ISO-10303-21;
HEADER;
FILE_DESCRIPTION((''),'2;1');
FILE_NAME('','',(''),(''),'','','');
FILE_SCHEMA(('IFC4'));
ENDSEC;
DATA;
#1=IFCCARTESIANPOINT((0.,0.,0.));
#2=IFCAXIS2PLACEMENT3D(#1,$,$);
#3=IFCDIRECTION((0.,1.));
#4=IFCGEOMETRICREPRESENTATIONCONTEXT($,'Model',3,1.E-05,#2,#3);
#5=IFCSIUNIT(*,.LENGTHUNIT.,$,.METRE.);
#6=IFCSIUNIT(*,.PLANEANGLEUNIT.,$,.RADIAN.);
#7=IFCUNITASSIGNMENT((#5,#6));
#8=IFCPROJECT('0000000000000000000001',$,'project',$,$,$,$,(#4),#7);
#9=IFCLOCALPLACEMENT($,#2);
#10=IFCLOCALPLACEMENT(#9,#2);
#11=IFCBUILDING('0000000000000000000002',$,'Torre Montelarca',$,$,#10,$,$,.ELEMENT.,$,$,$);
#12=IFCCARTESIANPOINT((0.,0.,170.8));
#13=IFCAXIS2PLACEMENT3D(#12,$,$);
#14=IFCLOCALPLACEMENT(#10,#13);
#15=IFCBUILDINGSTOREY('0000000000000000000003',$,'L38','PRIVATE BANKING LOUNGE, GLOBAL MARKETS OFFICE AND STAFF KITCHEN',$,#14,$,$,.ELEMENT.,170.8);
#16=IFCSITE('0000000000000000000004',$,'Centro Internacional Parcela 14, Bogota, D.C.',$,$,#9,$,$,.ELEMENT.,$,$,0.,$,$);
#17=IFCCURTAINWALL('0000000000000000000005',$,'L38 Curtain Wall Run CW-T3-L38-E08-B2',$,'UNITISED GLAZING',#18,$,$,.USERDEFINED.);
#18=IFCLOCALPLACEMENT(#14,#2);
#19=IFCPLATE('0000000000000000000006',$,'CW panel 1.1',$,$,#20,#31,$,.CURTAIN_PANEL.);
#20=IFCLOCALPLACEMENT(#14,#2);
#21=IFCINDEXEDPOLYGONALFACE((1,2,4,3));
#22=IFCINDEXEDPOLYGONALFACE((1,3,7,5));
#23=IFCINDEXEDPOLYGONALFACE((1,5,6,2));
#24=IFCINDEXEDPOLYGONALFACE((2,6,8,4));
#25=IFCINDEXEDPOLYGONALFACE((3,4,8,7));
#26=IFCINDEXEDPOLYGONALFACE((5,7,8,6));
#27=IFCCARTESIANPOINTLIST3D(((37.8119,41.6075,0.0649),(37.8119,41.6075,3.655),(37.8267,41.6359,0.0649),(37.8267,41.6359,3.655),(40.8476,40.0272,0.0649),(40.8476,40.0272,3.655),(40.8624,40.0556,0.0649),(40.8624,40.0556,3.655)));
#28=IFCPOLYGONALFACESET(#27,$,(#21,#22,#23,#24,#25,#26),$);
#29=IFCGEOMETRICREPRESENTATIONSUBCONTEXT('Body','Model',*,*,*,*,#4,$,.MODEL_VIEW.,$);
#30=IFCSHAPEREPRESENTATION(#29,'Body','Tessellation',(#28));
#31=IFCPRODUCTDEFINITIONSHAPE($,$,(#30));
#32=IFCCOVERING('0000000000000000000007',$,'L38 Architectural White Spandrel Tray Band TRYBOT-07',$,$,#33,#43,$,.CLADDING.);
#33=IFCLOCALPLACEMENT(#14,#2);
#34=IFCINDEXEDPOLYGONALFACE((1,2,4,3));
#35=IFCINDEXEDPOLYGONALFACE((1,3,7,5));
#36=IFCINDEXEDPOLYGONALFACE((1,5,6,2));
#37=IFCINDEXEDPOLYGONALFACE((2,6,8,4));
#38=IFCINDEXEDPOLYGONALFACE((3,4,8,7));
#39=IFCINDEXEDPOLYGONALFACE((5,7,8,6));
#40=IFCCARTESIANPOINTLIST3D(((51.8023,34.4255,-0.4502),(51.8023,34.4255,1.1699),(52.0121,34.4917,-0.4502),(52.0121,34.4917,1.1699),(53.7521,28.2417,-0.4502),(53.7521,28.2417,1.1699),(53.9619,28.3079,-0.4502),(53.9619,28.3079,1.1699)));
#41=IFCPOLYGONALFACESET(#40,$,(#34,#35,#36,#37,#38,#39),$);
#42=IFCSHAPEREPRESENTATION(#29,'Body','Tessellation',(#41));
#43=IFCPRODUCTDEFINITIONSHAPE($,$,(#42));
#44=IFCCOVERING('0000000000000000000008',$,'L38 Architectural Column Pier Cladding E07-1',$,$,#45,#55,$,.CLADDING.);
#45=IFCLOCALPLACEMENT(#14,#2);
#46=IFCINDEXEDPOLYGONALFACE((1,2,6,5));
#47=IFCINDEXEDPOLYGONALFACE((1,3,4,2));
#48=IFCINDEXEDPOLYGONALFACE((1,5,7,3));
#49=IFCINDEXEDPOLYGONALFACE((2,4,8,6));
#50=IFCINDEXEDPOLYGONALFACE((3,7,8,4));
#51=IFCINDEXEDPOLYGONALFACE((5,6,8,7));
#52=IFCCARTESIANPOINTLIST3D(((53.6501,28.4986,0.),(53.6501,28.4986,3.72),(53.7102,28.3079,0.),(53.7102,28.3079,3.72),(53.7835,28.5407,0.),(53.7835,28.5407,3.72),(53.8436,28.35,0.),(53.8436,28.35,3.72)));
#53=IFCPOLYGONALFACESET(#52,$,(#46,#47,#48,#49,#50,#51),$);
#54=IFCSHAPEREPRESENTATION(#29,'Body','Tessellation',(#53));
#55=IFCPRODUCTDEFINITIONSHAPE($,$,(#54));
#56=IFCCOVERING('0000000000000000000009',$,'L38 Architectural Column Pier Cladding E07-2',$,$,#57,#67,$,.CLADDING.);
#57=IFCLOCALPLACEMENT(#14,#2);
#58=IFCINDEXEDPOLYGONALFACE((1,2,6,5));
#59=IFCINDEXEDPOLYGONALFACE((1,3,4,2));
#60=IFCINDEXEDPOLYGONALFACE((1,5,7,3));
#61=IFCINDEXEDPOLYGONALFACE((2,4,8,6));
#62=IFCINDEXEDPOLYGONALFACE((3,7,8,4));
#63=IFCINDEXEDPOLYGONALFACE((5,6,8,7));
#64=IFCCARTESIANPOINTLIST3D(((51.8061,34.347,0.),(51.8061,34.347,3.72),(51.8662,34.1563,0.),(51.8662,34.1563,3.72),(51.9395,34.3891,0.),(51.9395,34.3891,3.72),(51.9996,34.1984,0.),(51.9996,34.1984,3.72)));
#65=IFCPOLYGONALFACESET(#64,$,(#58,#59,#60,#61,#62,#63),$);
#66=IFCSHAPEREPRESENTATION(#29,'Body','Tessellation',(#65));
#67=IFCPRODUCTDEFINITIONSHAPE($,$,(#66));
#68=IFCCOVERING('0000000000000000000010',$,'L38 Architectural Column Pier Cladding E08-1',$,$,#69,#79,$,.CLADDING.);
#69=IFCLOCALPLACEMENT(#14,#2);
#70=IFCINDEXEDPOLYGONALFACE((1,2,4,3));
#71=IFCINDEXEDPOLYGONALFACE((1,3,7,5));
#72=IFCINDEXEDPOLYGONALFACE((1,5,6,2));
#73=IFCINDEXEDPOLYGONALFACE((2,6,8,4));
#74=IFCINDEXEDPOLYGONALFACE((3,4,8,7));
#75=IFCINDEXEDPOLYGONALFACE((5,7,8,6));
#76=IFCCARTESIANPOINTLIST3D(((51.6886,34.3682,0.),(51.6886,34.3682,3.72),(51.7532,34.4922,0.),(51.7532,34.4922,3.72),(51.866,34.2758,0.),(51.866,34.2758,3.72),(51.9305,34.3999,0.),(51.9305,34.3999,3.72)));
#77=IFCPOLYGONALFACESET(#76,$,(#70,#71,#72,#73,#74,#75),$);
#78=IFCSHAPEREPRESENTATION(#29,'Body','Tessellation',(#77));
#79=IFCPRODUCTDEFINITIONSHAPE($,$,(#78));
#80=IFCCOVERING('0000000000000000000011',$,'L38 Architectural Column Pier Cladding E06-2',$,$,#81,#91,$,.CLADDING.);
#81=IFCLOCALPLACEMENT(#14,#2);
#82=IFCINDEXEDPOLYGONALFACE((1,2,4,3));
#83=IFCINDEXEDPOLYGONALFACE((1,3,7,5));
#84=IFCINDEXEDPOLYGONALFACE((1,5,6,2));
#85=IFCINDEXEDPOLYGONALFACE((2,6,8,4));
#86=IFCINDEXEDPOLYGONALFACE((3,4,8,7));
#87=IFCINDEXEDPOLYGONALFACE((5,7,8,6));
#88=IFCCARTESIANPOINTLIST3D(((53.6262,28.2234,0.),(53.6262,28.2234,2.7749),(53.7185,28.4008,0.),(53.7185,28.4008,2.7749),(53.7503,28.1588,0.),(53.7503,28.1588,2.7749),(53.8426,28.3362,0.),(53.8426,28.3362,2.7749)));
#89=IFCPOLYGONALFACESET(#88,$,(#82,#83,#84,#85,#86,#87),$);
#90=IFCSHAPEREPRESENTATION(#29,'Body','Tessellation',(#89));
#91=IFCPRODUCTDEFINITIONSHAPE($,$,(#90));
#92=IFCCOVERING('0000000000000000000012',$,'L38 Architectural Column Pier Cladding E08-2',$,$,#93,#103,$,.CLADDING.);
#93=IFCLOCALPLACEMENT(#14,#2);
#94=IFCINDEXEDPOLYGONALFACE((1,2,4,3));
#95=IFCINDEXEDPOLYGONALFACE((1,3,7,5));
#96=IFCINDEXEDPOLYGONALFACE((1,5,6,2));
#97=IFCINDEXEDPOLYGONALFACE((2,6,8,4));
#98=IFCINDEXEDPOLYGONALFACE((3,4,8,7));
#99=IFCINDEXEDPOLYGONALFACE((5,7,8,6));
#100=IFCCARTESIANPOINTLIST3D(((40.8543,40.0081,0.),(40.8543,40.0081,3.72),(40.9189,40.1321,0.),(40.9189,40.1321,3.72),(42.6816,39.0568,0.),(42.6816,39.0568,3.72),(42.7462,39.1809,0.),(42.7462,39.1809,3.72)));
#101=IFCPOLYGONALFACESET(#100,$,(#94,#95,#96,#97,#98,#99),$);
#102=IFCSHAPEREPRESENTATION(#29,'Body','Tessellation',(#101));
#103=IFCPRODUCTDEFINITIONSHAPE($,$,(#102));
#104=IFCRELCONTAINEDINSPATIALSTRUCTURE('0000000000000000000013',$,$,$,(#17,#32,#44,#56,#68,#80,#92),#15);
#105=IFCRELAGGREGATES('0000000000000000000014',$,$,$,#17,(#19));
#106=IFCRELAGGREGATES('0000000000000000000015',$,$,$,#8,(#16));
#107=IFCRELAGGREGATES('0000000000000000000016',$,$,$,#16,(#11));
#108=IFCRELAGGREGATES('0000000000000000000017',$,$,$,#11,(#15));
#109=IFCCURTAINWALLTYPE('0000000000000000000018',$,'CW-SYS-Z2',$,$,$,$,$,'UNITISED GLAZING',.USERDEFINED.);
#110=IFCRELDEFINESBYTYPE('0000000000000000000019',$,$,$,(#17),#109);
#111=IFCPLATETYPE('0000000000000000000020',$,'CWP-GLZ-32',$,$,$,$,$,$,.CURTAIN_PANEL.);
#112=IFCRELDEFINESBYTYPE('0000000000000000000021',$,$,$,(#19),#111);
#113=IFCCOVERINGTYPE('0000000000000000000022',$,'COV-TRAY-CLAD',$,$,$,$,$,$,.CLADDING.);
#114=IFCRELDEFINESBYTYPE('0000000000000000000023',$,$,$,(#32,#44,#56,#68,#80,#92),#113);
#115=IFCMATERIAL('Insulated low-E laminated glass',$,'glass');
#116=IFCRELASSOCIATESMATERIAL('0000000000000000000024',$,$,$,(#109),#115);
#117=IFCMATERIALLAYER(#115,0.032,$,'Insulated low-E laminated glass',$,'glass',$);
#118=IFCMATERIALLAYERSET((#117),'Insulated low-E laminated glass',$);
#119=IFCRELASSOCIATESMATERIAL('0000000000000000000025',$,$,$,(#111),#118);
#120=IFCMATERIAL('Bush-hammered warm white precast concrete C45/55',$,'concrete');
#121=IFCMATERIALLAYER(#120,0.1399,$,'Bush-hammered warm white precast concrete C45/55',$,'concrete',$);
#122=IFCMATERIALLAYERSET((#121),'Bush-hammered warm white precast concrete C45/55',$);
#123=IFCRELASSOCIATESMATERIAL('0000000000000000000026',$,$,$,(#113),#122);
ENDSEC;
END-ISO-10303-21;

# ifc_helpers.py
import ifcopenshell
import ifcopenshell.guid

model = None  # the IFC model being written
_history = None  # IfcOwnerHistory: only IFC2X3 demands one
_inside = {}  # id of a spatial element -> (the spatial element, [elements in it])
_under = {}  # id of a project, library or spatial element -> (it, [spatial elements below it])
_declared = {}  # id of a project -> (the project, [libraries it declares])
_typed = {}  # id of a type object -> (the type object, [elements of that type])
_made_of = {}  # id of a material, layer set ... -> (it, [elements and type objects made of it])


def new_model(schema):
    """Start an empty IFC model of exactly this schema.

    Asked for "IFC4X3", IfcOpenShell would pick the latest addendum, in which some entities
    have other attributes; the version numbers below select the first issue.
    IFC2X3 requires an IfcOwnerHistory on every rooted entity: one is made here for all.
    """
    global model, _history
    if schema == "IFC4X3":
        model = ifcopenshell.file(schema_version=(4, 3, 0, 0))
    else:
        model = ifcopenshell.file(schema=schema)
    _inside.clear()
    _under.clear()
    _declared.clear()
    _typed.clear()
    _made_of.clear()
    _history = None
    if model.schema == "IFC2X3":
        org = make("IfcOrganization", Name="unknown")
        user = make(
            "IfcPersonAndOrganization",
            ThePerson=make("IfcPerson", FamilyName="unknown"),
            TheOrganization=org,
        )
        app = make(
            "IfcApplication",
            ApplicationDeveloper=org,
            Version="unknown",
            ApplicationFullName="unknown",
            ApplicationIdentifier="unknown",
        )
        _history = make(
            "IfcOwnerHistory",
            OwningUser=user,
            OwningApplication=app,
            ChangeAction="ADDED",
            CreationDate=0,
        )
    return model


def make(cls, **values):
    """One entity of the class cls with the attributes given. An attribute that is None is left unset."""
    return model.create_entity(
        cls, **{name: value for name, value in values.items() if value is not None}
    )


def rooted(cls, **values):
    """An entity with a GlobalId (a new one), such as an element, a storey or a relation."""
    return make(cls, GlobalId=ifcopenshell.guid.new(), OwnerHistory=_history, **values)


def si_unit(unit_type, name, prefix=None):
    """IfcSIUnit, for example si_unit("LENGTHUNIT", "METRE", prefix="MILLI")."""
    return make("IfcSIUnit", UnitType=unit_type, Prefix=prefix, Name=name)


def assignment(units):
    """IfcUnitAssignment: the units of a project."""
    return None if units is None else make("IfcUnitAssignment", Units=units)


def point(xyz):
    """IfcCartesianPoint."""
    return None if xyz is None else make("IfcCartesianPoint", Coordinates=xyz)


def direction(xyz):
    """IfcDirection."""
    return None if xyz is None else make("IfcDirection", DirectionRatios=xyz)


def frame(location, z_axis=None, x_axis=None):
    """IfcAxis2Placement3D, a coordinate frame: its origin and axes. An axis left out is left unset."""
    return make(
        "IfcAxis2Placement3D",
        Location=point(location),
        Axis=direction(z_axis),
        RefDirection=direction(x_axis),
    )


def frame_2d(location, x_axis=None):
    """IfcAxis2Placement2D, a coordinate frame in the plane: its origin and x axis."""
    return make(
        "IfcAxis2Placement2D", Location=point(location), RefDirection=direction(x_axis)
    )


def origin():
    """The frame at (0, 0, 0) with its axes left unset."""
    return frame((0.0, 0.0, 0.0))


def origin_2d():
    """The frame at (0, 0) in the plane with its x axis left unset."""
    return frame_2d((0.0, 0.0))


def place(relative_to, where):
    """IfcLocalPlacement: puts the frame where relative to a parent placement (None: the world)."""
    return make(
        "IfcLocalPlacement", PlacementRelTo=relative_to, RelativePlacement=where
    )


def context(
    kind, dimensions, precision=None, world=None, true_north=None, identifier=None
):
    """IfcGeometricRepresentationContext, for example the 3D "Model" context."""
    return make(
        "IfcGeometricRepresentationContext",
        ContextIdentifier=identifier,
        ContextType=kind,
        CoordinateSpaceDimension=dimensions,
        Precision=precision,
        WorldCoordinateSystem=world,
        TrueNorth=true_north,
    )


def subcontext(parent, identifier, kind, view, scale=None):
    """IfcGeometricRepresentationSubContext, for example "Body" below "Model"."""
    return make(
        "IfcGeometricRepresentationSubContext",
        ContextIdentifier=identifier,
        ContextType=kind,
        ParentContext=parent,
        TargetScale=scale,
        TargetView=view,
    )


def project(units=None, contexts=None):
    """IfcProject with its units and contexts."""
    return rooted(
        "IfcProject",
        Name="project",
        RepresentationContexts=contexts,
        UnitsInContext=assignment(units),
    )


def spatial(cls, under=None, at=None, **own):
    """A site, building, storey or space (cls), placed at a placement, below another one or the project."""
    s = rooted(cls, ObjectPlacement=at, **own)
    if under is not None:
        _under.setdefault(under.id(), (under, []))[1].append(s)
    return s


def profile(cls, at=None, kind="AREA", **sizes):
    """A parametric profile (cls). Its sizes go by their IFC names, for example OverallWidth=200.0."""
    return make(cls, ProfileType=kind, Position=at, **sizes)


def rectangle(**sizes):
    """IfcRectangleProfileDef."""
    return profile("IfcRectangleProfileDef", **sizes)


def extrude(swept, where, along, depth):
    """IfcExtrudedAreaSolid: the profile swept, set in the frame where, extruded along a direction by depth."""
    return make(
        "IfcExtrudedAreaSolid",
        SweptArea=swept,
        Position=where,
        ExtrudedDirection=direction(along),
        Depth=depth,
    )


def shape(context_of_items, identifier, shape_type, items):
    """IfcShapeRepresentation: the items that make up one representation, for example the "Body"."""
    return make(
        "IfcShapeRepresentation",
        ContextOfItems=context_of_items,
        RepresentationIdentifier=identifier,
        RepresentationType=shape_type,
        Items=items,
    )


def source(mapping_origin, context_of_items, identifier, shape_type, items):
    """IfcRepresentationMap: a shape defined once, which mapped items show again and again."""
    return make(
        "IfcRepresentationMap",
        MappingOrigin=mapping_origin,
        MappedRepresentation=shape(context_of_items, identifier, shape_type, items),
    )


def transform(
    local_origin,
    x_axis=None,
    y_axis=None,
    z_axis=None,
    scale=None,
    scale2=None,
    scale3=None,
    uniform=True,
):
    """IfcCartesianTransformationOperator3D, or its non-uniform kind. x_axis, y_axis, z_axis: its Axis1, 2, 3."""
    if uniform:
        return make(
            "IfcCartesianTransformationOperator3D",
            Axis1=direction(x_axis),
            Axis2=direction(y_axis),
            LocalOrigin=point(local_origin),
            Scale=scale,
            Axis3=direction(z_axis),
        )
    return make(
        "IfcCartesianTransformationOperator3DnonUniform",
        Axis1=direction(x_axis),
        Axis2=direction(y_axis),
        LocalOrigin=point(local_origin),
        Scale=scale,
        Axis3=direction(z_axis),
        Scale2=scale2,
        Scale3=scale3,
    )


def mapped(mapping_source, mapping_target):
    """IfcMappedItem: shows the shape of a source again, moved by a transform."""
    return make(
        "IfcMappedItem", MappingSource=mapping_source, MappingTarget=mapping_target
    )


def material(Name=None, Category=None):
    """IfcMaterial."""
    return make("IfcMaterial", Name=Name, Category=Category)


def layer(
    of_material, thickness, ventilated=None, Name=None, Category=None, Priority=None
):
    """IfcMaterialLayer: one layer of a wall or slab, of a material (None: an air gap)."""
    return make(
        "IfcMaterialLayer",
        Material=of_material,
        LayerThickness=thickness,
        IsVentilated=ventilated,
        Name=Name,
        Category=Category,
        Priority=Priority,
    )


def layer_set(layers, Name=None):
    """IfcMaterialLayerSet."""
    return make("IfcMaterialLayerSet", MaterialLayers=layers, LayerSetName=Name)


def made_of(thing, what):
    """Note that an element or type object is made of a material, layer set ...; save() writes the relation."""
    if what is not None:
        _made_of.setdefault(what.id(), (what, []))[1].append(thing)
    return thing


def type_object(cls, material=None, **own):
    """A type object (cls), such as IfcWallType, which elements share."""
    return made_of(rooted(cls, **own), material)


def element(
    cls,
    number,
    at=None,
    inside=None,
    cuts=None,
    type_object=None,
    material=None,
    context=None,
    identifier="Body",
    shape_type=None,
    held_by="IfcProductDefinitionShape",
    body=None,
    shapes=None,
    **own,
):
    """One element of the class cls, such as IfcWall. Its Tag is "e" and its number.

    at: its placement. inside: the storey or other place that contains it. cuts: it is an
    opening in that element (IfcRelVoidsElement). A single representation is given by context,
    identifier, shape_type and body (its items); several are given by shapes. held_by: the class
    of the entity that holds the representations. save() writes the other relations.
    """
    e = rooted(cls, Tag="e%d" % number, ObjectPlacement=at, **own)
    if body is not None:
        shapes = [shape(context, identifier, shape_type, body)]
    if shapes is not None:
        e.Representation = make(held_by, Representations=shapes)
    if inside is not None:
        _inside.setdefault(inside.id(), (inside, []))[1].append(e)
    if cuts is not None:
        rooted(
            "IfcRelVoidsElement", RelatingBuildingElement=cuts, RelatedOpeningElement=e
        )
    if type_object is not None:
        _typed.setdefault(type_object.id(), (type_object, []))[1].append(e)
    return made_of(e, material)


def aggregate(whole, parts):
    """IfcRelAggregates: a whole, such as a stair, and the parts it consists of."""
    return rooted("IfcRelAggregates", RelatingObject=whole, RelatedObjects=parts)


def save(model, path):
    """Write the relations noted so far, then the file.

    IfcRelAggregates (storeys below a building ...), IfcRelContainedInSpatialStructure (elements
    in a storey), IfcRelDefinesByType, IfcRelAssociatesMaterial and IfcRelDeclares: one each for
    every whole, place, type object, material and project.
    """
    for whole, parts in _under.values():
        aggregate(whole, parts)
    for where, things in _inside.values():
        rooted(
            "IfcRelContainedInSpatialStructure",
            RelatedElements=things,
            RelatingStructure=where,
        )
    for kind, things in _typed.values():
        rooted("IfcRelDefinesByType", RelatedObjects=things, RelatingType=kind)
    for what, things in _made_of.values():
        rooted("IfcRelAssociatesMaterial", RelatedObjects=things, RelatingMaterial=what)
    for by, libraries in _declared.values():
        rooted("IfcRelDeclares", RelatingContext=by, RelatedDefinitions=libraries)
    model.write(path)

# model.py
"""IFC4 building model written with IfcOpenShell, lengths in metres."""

from ifc_helpers import new_model, si_unit, direction, frame, origin, origin_2d, place, context, subcontext, project, spatial, rectangle, extrude, source, transform, mapped, material, layer, layer_set, type_object, element, aggregate, save


model = new_model("IFC4")

# Units and contexts
model_context = context("Model", 3, precision=1e-05, world=origin(), true_north=direction((0.0, 1.0)))
body_context = subcontext(model_context, "Body", "Model", "MODEL_VIEW")
ifc_project = project(units=[si_unit("LENGTHUNIT", "METRE"), si_unit("PLANEANGLEUNIT", "RADIAN")], contexts=[model_context])

# Site, building, storey
site_placement = place(None, origin())
site = spatial("IfcSite", under=ifc_project, at=site_placement, Name="Centro Internacional Parcela 14, Bogota, D.C.", CompositionType="ELEMENT", RefElevation=0.0)
building_placement = place(site_placement, origin())
building = spatial("IfcBuilding", under=site, at=building_placement, Name="Torre Montelarca", CompositionType="ELEMENT")
storey_placement = place(building_placement, frame((0.0, 0.0, 170.8)))
storey = spatial("IfcBuildingStorey", under=building, at=storey_placement, Name="L38", Description="PRIVATE BANKING LOUNGE, GLOBAL MARKETS OFFICE AND STAFF KITCHEN", CompositionType="ELEMENT", Elevation=170.8)

# Curtain wall
ifc_material_1 = material(Name="Insulated low-E laminated glass", Category="glass")
curtain_wall_type = type_object("IfcCurtainWallType", Name="CW-SYS-Z2", ElementType="UNITISED GLAZING", PredefinedType="USERDEFINED", material=ifc_material_1)
curtain_wall_1_placement = place(storey_placement, origin())
curtain_wall_1 = element("IfcCurtainWall", 1, at=curtain_wall_1_placement, inside=storey, type_object=curtain_wall_type, Name="L38 Curtain Wall Run CW-T3-L38-E08-B2", ObjectType="UNITISED GLAZING", PredefinedType="USERDEFINED")

# Plate
ifc_layer_1 = layer(ifc_material_1, 0.032, Name="Insulated low-E laminated glass", Category="glass")
ifc_layer_set_1 = layer_set([ifc_layer_1], Name="Insulated low-E laminated glass")
plate_type = type_object("IfcPlateType", Name="CWP-GLZ-32", PredefinedType="CURTAIN_PANEL", material=ifc_layer_set_1)
shared_shape_1 = source(origin(), body_context, "Body", "SweptSolid", [
    extrude(rectangle(XDim=3.4224, YDim=0.032, at=origin_2d()), origin(), (0.0, 0.0, 1.0), 3.5901),
])
plate_1_placement = place(storey_placement, frame((39.3372, 40.8315, 0.0649), z_axis=(0.0, 0.0, 1.0), x_axis=(-0.887013, 0.461745, 0.0)))
plate_1 = element("IfcPlate", 2, at=plate_1_placement, type_object=plate_type, Name="CW panel 1.1", PredefinedType="CURTAIN_PANEL", context=body_context, shape_type="MappedRepresentation", body=[
    mapped(shared_shape_1, transform((0.0, 0.0, 0.0), scale=1.0)),
])
aggregate(curtain_wall_1, [plate_1])

# Coverings
ifc_material_2 = material(Name="Bush-hammered warm white precast concrete C45/55", Category="concrete")
ifc_layer_2 = layer(ifc_material_2, 0.1399, Name="Bush-hammered warm white precast concrete C45/55", Category="concrete")
ifc_layer_set_2 = layer_set([ifc_layer_2], Name="Bush-hammered warm white precast concrete C45/55")
covering_type = type_object("IfcCoveringType", Name="COV-TRAY-CLAD", PredefinedType="CLADDING", material=ifc_layer_set_2)
shared_shape_2 = source(origin(), body_context, "Body", "SweptSolid", [
    extrude(rectangle(XDim=6.4839, YDim=0.22, at=origin_2d()), origin(), (0.0, 0.0, 1.0), 1.6201),
])
covering_1_placement = place(storey_placement, frame((52.8821, 31.3667, -0.4502), z_axis=(0.0, 0.0, 1.0), x_axis=(-0.300709, 0.953716, 0.0)))
element("IfcCovering", 3, at=covering_1_placement, inside=storey, type_object=covering_type, Name="L38 Architectural White Spandrel Tray Band TRYBOT-07", PredefinedType="CLADDING", context=body_context, shape_type="MappedRepresentation", body=[
    mapped(shared_shape_2, transform((0.0, 0.0, 0.0), scale=1.0)),
])
shared_shape_3 = source(origin(), body_context, "Body", "SweptSolid", [
    extrude(rectangle(XDim=0.2, YDim=0.1399, at=origin_2d()), origin(), (0.0, 0.0, 1.0), 3.72),
])
for number, where, z_axis, x_axis, name in (
    (4, (53.7468, 28.4243, 0.0), (0.0, 0.0, 1.0), (-0.300706, 0.953717, 0.0), "L38 Architectural Column Pier Cladding E07-1"),
    (5, (51.9028, 34.2727, 0.0), (0.0, 0.0, 1.0), (-0.300706, 0.953717, 0.0), "L38 Architectural Column Pier Cladding E07-2"),
    (6, (51.8096, 34.384, 0.0), (0.0, 0.0, 1.0), (-0.887011, 0.461749, 0.0), "L38 Architectural Column Pier Cladding E08-1"),
):
    element("IfcCovering", number, at=place(storey_placement, frame(where, z_axis=z_axis, x_axis=x_axis)), inside=storey, type_object=covering_type, Name=name, PredefinedType="CLADDING", context=body_context, shape_type="MappedRepresentation", body=[
        mapped(shared_shape_3, transform((0.0, 0.0, 0.0), scale=1.0)),
    ])
shared_shape_4 = source(origin(), body_context, "Body", "SweptSolid", [
    extrude(rectangle(XDim=0.2, YDim=0.1399, at=origin_2d()), origin(), (0.0, 0.0, 1.0), 2.7749),
])
covering_2_placement = place(storey_placement, frame((53.7344, 28.2798, 0.0), z_axis=(0.0, 0.0, 1.0), x_axis=(0.461744, 0.887013, 0.0)))
element("IfcCovering", 7, at=covering_2_placement, inside=storey, type_object=covering_type, Name="L38 Architectural Column Pier Cladding E06-2", PredefinedType="CLADDING", context=body_context, shape_type="MappedRepresentation", body=[
    mapped(shared_shape_4, transform((0.0, 0.0, 0.0), scale=1.0)),
])
shared_shape_5 = source(origin(), body_context, "Body", "SweptSolid", [
    extrude(rectangle(XDim=2.0601, YDim=0.1399, at=origin_2d()), origin(), (0.0, 0.0, 1.0), 3.72),
])
covering_3_placement = place(storey_placement, frame((41.8003, 39.5945, 0.0), z_axis=(0.0, 0.0, 1.0), x_axis=(-0.887011, 0.461749, 0.0)))
element("IfcCovering", 8, at=covering_3_placement, inside=storey, type_object=covering_type, Name="L38 Architectural Column Pier Cladding E08-2", PredefinedType="CLADDING", context=body_context, shape_type="MappedRepresentation", body=[
    mapped(shared_shape_5, transform((0.0, 0.0, 0.0), scale=1.0)),
])

save(model, "model.ifc")
